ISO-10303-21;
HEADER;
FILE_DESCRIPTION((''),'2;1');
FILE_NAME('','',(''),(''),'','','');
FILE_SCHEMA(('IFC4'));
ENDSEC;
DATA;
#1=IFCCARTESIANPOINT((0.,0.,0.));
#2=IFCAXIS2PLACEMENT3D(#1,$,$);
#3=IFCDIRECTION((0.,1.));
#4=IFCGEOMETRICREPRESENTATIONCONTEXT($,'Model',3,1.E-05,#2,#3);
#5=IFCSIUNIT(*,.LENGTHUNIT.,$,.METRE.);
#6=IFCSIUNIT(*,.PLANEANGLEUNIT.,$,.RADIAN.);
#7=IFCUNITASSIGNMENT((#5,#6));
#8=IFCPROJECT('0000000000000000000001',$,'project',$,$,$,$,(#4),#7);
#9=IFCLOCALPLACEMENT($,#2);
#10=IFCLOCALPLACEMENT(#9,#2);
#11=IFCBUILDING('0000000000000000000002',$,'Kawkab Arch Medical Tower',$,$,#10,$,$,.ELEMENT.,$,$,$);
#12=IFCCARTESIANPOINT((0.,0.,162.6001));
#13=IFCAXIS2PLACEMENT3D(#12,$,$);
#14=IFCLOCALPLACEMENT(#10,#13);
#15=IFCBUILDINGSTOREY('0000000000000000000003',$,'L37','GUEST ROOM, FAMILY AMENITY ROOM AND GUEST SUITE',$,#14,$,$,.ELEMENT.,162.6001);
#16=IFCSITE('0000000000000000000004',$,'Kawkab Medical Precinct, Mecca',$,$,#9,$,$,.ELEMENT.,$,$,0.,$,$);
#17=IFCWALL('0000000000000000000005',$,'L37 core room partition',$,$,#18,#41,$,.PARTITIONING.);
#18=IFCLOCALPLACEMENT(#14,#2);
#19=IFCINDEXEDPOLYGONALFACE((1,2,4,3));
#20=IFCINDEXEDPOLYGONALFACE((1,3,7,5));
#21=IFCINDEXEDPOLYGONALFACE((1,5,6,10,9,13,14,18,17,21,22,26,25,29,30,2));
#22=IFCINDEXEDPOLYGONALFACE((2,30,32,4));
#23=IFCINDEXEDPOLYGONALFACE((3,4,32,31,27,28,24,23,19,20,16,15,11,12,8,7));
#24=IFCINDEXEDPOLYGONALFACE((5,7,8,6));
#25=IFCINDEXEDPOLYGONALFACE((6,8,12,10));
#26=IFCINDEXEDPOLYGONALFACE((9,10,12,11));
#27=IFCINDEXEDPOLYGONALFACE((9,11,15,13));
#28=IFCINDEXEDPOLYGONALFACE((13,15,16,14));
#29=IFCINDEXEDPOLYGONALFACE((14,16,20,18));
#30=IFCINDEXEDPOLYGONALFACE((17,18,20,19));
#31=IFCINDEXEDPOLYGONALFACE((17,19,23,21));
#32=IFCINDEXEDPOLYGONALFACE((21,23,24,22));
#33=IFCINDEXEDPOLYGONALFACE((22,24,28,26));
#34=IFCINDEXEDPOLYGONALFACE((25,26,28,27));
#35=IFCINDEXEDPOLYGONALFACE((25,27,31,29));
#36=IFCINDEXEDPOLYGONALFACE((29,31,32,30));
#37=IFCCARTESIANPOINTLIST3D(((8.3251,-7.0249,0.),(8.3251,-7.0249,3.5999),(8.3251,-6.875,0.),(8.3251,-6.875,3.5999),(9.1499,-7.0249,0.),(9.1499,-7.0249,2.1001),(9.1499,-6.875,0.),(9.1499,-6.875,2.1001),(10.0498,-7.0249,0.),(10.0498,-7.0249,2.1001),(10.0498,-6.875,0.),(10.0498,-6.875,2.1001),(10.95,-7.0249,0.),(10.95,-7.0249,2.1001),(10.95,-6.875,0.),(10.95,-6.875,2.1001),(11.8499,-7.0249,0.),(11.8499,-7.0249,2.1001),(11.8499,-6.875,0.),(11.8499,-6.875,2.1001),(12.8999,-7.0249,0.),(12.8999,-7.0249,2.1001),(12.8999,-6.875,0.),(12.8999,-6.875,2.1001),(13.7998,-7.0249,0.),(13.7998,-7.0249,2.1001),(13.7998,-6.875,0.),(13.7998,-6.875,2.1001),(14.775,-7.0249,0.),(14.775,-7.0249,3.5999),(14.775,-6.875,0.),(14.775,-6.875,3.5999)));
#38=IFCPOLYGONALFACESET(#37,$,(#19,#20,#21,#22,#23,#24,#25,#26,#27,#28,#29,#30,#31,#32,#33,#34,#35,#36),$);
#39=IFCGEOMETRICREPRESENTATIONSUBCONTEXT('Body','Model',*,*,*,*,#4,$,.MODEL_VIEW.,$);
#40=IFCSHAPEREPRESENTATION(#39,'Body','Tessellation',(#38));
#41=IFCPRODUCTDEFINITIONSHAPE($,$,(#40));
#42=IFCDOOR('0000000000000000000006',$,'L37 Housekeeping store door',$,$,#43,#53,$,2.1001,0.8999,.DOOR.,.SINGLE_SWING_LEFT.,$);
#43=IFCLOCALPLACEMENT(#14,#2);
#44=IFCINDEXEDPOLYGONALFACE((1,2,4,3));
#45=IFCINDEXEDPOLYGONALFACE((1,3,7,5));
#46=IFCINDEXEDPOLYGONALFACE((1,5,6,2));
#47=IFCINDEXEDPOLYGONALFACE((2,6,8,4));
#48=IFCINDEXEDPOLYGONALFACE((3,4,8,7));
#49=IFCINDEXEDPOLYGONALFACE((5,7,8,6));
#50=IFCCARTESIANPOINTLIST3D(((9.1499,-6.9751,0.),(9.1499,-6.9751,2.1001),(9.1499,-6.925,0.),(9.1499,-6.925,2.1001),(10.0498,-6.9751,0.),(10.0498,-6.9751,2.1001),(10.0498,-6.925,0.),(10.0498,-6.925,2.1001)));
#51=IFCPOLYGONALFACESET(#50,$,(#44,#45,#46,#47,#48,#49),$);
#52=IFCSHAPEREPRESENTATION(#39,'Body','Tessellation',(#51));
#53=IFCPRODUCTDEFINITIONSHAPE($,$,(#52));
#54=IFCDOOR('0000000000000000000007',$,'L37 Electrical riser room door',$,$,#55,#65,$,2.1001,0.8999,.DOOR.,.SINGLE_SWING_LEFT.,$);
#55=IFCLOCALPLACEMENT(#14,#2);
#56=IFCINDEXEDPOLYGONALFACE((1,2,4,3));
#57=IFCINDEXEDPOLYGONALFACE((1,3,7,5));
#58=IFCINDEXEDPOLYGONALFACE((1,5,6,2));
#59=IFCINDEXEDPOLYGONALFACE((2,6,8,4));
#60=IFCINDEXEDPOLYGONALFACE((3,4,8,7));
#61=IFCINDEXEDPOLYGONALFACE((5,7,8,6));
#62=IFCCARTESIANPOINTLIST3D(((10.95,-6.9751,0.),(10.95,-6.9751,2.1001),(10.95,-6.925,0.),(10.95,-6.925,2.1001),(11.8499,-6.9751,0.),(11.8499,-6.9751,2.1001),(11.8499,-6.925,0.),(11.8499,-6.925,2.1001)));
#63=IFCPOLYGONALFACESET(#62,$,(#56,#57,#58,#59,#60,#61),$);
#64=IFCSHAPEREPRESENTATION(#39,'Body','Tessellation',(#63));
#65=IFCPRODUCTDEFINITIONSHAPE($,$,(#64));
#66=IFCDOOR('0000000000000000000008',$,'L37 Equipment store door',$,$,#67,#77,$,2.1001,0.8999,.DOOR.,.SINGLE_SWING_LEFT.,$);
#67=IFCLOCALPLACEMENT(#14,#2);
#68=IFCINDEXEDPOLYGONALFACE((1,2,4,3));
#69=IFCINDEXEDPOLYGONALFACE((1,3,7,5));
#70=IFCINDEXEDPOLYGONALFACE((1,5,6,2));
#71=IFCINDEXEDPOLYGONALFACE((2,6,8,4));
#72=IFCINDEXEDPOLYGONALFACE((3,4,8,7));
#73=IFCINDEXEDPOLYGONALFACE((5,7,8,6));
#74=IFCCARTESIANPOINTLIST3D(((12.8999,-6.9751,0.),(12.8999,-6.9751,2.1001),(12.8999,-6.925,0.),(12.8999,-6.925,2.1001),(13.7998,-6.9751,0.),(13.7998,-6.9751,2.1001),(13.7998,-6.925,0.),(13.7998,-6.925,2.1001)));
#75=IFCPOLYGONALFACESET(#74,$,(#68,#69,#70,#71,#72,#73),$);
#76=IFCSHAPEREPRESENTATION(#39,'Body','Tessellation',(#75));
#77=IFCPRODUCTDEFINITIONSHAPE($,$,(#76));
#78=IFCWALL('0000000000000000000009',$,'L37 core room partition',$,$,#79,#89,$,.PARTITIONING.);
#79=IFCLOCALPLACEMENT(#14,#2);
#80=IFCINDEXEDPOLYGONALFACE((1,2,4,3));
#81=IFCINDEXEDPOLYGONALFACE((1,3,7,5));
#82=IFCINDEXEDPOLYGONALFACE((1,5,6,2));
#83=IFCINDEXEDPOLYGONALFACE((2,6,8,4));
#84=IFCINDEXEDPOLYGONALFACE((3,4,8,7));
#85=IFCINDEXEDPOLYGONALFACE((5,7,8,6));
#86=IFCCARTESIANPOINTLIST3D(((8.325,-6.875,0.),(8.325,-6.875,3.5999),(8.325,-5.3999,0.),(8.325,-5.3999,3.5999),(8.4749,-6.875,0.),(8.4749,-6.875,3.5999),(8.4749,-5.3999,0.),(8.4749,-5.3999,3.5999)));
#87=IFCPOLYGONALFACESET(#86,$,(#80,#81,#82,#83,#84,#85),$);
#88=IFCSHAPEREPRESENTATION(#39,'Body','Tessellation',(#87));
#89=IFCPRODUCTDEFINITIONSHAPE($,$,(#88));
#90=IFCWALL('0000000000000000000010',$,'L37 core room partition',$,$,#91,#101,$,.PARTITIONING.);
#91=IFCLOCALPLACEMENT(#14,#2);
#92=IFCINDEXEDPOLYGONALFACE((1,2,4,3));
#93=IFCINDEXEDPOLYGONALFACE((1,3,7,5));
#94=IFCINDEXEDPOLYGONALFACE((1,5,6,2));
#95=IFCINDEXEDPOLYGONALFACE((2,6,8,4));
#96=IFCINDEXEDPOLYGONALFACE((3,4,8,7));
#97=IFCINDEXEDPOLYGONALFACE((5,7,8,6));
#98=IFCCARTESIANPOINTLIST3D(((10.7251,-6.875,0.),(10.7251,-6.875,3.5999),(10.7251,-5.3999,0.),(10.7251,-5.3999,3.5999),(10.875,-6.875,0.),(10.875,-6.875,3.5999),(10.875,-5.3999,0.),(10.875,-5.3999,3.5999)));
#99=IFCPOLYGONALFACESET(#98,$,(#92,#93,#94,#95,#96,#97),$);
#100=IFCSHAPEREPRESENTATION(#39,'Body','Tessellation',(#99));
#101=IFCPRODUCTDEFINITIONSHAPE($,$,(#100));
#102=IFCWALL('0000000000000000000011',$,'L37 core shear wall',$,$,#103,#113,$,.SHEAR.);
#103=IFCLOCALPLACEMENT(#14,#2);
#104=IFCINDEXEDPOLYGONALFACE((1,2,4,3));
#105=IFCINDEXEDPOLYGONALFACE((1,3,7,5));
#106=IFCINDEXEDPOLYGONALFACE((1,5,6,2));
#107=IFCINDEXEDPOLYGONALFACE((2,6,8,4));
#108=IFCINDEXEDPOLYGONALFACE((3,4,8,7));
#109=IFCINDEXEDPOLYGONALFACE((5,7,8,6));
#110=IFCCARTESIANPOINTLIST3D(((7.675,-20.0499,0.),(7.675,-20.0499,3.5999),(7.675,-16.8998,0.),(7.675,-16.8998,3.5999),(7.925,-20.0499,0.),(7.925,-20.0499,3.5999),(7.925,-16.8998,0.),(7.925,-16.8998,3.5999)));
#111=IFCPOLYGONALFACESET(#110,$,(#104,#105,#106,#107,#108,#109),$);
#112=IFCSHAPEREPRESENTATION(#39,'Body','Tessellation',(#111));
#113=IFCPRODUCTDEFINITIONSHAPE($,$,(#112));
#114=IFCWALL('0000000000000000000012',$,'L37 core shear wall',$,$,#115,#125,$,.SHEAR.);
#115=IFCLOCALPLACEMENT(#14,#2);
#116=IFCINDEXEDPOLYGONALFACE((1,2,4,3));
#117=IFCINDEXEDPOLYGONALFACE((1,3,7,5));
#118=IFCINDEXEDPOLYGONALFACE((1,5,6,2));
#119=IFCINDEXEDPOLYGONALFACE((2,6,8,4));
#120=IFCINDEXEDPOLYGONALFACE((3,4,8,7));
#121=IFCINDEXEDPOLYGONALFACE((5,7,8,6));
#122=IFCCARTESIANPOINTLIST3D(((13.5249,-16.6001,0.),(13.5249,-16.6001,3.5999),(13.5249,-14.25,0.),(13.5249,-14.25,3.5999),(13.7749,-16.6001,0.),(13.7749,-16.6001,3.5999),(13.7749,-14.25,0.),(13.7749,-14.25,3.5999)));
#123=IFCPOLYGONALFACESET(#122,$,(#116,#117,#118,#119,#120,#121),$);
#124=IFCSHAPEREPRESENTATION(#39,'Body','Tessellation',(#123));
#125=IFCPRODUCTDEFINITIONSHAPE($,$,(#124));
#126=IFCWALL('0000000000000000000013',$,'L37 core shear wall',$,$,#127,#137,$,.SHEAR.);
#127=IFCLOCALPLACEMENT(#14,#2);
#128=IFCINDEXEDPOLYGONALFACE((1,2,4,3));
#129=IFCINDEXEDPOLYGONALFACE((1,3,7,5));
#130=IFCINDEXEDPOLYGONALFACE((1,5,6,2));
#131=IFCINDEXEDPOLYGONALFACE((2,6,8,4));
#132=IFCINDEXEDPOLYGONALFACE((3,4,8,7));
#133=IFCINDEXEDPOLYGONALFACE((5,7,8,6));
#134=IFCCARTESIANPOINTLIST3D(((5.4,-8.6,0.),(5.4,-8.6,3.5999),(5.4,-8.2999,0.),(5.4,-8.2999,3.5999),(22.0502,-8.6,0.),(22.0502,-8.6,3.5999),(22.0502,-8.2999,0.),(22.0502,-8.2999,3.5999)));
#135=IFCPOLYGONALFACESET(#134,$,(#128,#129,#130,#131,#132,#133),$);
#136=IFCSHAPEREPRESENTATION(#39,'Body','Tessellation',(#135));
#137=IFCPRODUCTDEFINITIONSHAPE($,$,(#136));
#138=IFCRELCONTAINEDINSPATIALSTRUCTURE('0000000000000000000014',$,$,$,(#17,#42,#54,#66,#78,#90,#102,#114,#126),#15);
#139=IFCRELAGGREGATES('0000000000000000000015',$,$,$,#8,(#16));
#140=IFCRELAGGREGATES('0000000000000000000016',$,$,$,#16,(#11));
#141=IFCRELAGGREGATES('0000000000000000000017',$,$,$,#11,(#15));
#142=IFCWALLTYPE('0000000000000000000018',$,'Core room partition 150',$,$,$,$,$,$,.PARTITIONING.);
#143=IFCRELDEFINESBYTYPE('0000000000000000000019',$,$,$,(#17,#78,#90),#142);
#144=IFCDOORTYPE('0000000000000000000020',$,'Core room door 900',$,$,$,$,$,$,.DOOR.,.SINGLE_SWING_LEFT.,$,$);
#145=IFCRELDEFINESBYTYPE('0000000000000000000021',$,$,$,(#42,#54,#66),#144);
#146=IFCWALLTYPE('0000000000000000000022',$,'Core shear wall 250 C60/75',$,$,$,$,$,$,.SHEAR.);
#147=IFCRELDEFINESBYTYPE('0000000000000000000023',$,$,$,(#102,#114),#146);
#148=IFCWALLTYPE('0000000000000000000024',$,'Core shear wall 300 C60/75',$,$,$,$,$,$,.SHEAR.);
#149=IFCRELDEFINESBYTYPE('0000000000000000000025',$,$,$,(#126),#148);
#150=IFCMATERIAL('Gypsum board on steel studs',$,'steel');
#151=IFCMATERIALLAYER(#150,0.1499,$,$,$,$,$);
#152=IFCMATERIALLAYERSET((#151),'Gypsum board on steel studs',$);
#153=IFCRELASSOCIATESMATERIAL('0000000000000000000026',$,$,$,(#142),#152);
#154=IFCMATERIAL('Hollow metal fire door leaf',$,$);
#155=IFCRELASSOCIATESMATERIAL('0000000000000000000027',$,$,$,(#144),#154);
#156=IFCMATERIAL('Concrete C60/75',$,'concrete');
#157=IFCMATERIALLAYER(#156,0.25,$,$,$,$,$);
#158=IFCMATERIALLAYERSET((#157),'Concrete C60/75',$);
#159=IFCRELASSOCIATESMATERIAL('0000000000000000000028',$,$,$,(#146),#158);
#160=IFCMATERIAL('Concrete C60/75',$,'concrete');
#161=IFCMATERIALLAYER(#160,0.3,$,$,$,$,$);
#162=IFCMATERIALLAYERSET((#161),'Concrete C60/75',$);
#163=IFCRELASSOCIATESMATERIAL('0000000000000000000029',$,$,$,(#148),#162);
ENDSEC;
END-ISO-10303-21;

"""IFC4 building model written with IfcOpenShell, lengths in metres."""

from ifc_helpers import new_model, si_unit, direction, frame, frame_2d, origin, place, context, subcontext, project, spatial, rectangle, extrude, material, layer, layer_set, type_object, element, fill, save


model = new_model("IFC4")

# Units and contexts
model_context = context("Model", 3, precision=1e-05, world=origin(), true_north=direction((0.0, 1.0)))
body_context = subcontext(model_context, "Body", "Model", "MODEL_VIEW")
ifc_project = project(units=[si_unit("LENGTHUNIT", "METRE"), si_unit("PLANEANGLEUNIT", "RADIAN")], contexts=[model_context])

# Site, building, storey
site_placement = place(None, origin())
site = spatial("IfcSite", under=ifc_project, at=site_placement, Name="Kawkab Medical Precinct, Mecca", CompositionType="ELEMENT", RefElevation=0.0)
building_placement = place(site_placement, origin())
building = spatial("IfcBuilding", under=site, at=building_placement, Name="Kawkab Arch Medical Tower", CompositionType="ELEMENT")
storey_placement = place(building_placement, frame((0.0, 0.0, 162.6001)))
storey = spatial("IfcBuildingStorey", under=building, at=storey_placement, Name="L37", Description="GUEST ROOM, FAMILY AMENITY ROOM AND GUEST SUITE", CompositionType="ELEMENT", Elevation=162.6001)

# Wall, openings, doors
ifc_material_1 = material(Name="Gypsum board on steel studs", Category="steel")
ifc_layer_1 = layer(ifc_material_1, 0.1499)
ifc_layer_set_1 = layer_set([ifc_layer_1], Name="Gypsum board on steel studs")
wall_type_1 = type_object("IfcWallType", Name="Core room partition 150", PredefinedType="PARTITIONING", material=ifc_layer_set_1)
wall_1_placement = place(storey_placement, frame((8.325, -6.95, 0.0), z_axis=(0.0, 0.0, 1.0), x_axis=(1.0, 0.0, 0.0)))
wall_1 = element("IfcWall", 1, at=wall_1_placement, inside=storey, type_object=wall_type_1, Name="L37 core room partition", PredefinedType="PARTITIONING", context=body_context, shape_type="SweptSolid", body=[
    extrude(rectangle(XDim=6.45, YDim=0.1499, at=frame_2d((3.2251, 0.0))), origin(), (0.0, 0.0, 1.0), 3.5999),
])
opening_1_placement = place(wall_1_placement, frame((0.825, 0.0, 0.0)))
opening_1 = element("IfcOpeningElement", 2, at=opening_1_placement, cuts=wall_1, PredefinedType="OPENING", context=body_context, shape_type="SweptSolid", body=[
    extrude(rectangle(XDim=0.8999, YDim=2.1001, at=frame_2d((0.45, 1.05))), frame((0.0, 0.085, 0.0), z_axis=(0.0, -1.0, 0.0), x_axis=(1.0, 0.0, 0.0)), (0.0, 0.0, 1.0), 0.1699),
])
opening_2_placement = place(wall_1_placement, frame((2.625, 0.0, 0.0)))
opening_2 = element("IfcOpeningElement", 3, at=opening_2_placement, cuts=wall_1, PredefinedType="OPENING", context=body_context, shape_type="SweptSolid", body=[
    extrude(rectangle(XDim=0.8999, YDim=2.1001, at=frame_2d((0.45, 1.05))), frame((0.0, 0.085, 0.0), z_axis=(0.0, -1.0, 0.0), x_axis=(1.0, 0.0, 0.0)), (0.0, 0.0, 1.0), 0.1699),
])
opening_3_placement = place(wall_1_placement, frame((4.575, 0.0, 0.0)))
opening_3 = element("IfcOpeningElement", 4, at=opening_3_placement, cuts=wall_1, PredefinedType="OPENING", context=body_context, shape_type="SweptSolid", body=[
    extrude(rectangle(XDim=0.8999, YDim=2.1001, at=frame_2d((0.45, 1.05))), frame((0.0, 0.085, 0.0), z_axis=(0.0, -1.0, 0.0), x_axis=(1.0, 0.0, 0.0)), (0.0, 0.0, 1.0), 0.1699),
])
ifc_material_2 = material(Name="Hollow metal fire door leaf")
door_type_1 = type_object("IfcDoorType", Name="Core room door 900", OperationType="SINGLE_SWING_LEFT", PredefinedType="DOOR", material=ifc_material_2)
door_1_placement = place(opening_1_placement, origin())
door_1 = element("IfcDoor", 5, at=door_1_placement, inside=storey, type_object=door_type_1, Name="L37 Housekeeping store door", OperationType="SINGLE_SWING_LEFT", OverallHeight=2.1001, OverallWidth=0.8999, PredefinedType="DOOR", context=body_context, shape_type="SweptSolid", body=[
    extrude(rectangle(XDim=0.8999, YDim=2.1001, at=frame_2d((0.45, 1.05))), frame((0.0, 0.0249, 0.0), z_axis=(0.0, -1.0, 0.0), x_axis=(1.0, 0.0, 0.0)), (0.0, 0.0, 1.0), 0.05),
])
fill(opening_1, door_1)
door_2_placement = place(opening_2_placement, origin())
door_2 = element("IfcDoor", 6, at=door_2_placement, inside=storey, type_object=door_type_1, Name="L37 Electrical riser room door", OperationType="SINGLE_SWING_LEFT", OverallHeight=2.1001, OverallWidth=0.8999, PredefinedType="DOOR", context=body_context, shape_type="SweptSolid", body=[
    extrude(rectangle(XDim=0.8999, YDim=2.1001, at=frame_2d((0.45, 1.05))), frame((0.0, 0.0249, 0.0), z_axis=(0.0, -1.0, 0.0), x_axis=(1.0, 0.0, 0.0)), (0.0, 0.0, 1.0), 0.05),
])
fill(opening_2, door_2)
door_3_placement = place(opening_3_placement, origin())
door_3 = element("IfcDoor", 7, at=door_3_placement, inside=storey, type_object=door_type_1, Name="L37 Equipment store door", OperationType="SINGLE_SWING_LEFT", OverallHeight=2.1001, OverallWidth=0.8999, PredefinedType="DOOR", context=body_context, shape_type="SweptSolid", body=[
    extrude(rectangle(XDim=0.8999, YDim=2.1001, at=frame_2d((0.45, 1.05))), frame((0.0, 0.0249, 0.0), z_axis=(0.0, -1.0, 0.0), x_axis=(1.0, 0.0, 0.0)), (0.0, 0.0, 1.0), 0.05),
])
fill(opening_3, door_3)

# Walls
for number, where, z_axis, x_axis, name in (
    (8, (8.3999, -6.875, 0.0), (0.0, 0.0, 1.0), (0.0, 1.0, 0.0), "L37 core room partition"),
    (9, (10.8, -6.875, 0.0), (0.0, 0.0, 1.0), (0.0, 1.0, 0.0), "L37 core room partition"),
):
    element("IfcWall", number, at=place(storey_placement, frame(where, z_axis=z_axis, x_axis=x_axis)), inside=storey, type_object=wall_type_1, Name=name, PredefinedType="PARTITIONING", context=body_context, shape_type="SweptSolid", body=[
        extrude(rectangle(XDim=1.4751, YDim=0.1499, at=frame_2d((0.7375, 0.0))), origin(), (0.0, 0.0, 1.0), 3.5999),
    ])
ifc_material_3 = material(Name="Concrete C60/75", Category="concrete")
ifc_layer_2 = layer(ifc_material_3, 0.25)
ifc_layer_set_2 = layer_set([ifc_layer_2], Name="Concrete C60/75")
wall_type_2 = type_object("IfcWallType", Name="Core shear wall 250 C60/75", PredefinedType="SHEAR", material=ifc_layer_set_2)
wall_2_placement = place(storey_placement, frame((7.8, -20.05, 0.0), z_axis=(0.0, 0.0, 1.0), x_axis=(0.0, 1.0, 0.0)))
element("IfcWall", 10, at=wall_2_placement, inside=storey, type_object=wall_type_2, Name="L37 core shear wall", PredefinedType="SHEAR", context=body_context, shape_type="SweptSolid", body=[
    extrude(rectangle(XDim=3.1501, YDim=0.25, at=frame_2d((1.5752, 0.0))), origin(), (0.0, 0.0, 1.0), 3.5999),
])
wall_3_placement = place(storey_placement, frame((13.6499, -16.6001, 0.0), z_axis=(0.0, 0.0, 1.0), x_axis=(0.0, 1.0, 0.0)))
element("IfcWall", 11, at=wall_3_placement, inside=storey, type_object=wall_type_2, Name="L37 core shear wall", PredefinedType="SHEAR", context=body_context, shape_type="SweptSolid", body=[
    extrude(rectangle(XDim=2.3501, YDim=0.25, at=frame_2d((1.175, 0.0))), origin(), (0.0, 0.0, 1.0), 3.5999),
])
ifc_material_4 = material(Name="Concrete C60/75", Category="concrete")
ifc_layer_3 = layer(ifc_material_4, 0.3)
ifc_layer_set_3 = layer_set([ifc_layer_3], Name="Concrete C60/75")
wall_type_3 = type_object("IfcWallType", Name="Core shear wall 300 C60/75", PredefinedType="SHEAR", material=ifc_layer_set_3)
wall_4_placement = place(storey_placement, frame((5.3999, -8.45, 0.0), z_axis=(0.0, 0.0, 1.0), x_axis=(1.0, 0.0, 0.0)))
element("IfcWall", 12, at=wall_4_placement, inside=storey, type_object=wall_type_3, Name="L37 core shear wall", PredefinedType="SHEAR", context=body_context, shape_type="SweptSolid", body=[
    extrude(rectangle(XDim=16.6501, YDim=0.3, at=frame_2d((8.3252, 0.0))), origin(), (0.0, 0.0, 1.0), 3.5999),
])

save(model, "model.ifc")
